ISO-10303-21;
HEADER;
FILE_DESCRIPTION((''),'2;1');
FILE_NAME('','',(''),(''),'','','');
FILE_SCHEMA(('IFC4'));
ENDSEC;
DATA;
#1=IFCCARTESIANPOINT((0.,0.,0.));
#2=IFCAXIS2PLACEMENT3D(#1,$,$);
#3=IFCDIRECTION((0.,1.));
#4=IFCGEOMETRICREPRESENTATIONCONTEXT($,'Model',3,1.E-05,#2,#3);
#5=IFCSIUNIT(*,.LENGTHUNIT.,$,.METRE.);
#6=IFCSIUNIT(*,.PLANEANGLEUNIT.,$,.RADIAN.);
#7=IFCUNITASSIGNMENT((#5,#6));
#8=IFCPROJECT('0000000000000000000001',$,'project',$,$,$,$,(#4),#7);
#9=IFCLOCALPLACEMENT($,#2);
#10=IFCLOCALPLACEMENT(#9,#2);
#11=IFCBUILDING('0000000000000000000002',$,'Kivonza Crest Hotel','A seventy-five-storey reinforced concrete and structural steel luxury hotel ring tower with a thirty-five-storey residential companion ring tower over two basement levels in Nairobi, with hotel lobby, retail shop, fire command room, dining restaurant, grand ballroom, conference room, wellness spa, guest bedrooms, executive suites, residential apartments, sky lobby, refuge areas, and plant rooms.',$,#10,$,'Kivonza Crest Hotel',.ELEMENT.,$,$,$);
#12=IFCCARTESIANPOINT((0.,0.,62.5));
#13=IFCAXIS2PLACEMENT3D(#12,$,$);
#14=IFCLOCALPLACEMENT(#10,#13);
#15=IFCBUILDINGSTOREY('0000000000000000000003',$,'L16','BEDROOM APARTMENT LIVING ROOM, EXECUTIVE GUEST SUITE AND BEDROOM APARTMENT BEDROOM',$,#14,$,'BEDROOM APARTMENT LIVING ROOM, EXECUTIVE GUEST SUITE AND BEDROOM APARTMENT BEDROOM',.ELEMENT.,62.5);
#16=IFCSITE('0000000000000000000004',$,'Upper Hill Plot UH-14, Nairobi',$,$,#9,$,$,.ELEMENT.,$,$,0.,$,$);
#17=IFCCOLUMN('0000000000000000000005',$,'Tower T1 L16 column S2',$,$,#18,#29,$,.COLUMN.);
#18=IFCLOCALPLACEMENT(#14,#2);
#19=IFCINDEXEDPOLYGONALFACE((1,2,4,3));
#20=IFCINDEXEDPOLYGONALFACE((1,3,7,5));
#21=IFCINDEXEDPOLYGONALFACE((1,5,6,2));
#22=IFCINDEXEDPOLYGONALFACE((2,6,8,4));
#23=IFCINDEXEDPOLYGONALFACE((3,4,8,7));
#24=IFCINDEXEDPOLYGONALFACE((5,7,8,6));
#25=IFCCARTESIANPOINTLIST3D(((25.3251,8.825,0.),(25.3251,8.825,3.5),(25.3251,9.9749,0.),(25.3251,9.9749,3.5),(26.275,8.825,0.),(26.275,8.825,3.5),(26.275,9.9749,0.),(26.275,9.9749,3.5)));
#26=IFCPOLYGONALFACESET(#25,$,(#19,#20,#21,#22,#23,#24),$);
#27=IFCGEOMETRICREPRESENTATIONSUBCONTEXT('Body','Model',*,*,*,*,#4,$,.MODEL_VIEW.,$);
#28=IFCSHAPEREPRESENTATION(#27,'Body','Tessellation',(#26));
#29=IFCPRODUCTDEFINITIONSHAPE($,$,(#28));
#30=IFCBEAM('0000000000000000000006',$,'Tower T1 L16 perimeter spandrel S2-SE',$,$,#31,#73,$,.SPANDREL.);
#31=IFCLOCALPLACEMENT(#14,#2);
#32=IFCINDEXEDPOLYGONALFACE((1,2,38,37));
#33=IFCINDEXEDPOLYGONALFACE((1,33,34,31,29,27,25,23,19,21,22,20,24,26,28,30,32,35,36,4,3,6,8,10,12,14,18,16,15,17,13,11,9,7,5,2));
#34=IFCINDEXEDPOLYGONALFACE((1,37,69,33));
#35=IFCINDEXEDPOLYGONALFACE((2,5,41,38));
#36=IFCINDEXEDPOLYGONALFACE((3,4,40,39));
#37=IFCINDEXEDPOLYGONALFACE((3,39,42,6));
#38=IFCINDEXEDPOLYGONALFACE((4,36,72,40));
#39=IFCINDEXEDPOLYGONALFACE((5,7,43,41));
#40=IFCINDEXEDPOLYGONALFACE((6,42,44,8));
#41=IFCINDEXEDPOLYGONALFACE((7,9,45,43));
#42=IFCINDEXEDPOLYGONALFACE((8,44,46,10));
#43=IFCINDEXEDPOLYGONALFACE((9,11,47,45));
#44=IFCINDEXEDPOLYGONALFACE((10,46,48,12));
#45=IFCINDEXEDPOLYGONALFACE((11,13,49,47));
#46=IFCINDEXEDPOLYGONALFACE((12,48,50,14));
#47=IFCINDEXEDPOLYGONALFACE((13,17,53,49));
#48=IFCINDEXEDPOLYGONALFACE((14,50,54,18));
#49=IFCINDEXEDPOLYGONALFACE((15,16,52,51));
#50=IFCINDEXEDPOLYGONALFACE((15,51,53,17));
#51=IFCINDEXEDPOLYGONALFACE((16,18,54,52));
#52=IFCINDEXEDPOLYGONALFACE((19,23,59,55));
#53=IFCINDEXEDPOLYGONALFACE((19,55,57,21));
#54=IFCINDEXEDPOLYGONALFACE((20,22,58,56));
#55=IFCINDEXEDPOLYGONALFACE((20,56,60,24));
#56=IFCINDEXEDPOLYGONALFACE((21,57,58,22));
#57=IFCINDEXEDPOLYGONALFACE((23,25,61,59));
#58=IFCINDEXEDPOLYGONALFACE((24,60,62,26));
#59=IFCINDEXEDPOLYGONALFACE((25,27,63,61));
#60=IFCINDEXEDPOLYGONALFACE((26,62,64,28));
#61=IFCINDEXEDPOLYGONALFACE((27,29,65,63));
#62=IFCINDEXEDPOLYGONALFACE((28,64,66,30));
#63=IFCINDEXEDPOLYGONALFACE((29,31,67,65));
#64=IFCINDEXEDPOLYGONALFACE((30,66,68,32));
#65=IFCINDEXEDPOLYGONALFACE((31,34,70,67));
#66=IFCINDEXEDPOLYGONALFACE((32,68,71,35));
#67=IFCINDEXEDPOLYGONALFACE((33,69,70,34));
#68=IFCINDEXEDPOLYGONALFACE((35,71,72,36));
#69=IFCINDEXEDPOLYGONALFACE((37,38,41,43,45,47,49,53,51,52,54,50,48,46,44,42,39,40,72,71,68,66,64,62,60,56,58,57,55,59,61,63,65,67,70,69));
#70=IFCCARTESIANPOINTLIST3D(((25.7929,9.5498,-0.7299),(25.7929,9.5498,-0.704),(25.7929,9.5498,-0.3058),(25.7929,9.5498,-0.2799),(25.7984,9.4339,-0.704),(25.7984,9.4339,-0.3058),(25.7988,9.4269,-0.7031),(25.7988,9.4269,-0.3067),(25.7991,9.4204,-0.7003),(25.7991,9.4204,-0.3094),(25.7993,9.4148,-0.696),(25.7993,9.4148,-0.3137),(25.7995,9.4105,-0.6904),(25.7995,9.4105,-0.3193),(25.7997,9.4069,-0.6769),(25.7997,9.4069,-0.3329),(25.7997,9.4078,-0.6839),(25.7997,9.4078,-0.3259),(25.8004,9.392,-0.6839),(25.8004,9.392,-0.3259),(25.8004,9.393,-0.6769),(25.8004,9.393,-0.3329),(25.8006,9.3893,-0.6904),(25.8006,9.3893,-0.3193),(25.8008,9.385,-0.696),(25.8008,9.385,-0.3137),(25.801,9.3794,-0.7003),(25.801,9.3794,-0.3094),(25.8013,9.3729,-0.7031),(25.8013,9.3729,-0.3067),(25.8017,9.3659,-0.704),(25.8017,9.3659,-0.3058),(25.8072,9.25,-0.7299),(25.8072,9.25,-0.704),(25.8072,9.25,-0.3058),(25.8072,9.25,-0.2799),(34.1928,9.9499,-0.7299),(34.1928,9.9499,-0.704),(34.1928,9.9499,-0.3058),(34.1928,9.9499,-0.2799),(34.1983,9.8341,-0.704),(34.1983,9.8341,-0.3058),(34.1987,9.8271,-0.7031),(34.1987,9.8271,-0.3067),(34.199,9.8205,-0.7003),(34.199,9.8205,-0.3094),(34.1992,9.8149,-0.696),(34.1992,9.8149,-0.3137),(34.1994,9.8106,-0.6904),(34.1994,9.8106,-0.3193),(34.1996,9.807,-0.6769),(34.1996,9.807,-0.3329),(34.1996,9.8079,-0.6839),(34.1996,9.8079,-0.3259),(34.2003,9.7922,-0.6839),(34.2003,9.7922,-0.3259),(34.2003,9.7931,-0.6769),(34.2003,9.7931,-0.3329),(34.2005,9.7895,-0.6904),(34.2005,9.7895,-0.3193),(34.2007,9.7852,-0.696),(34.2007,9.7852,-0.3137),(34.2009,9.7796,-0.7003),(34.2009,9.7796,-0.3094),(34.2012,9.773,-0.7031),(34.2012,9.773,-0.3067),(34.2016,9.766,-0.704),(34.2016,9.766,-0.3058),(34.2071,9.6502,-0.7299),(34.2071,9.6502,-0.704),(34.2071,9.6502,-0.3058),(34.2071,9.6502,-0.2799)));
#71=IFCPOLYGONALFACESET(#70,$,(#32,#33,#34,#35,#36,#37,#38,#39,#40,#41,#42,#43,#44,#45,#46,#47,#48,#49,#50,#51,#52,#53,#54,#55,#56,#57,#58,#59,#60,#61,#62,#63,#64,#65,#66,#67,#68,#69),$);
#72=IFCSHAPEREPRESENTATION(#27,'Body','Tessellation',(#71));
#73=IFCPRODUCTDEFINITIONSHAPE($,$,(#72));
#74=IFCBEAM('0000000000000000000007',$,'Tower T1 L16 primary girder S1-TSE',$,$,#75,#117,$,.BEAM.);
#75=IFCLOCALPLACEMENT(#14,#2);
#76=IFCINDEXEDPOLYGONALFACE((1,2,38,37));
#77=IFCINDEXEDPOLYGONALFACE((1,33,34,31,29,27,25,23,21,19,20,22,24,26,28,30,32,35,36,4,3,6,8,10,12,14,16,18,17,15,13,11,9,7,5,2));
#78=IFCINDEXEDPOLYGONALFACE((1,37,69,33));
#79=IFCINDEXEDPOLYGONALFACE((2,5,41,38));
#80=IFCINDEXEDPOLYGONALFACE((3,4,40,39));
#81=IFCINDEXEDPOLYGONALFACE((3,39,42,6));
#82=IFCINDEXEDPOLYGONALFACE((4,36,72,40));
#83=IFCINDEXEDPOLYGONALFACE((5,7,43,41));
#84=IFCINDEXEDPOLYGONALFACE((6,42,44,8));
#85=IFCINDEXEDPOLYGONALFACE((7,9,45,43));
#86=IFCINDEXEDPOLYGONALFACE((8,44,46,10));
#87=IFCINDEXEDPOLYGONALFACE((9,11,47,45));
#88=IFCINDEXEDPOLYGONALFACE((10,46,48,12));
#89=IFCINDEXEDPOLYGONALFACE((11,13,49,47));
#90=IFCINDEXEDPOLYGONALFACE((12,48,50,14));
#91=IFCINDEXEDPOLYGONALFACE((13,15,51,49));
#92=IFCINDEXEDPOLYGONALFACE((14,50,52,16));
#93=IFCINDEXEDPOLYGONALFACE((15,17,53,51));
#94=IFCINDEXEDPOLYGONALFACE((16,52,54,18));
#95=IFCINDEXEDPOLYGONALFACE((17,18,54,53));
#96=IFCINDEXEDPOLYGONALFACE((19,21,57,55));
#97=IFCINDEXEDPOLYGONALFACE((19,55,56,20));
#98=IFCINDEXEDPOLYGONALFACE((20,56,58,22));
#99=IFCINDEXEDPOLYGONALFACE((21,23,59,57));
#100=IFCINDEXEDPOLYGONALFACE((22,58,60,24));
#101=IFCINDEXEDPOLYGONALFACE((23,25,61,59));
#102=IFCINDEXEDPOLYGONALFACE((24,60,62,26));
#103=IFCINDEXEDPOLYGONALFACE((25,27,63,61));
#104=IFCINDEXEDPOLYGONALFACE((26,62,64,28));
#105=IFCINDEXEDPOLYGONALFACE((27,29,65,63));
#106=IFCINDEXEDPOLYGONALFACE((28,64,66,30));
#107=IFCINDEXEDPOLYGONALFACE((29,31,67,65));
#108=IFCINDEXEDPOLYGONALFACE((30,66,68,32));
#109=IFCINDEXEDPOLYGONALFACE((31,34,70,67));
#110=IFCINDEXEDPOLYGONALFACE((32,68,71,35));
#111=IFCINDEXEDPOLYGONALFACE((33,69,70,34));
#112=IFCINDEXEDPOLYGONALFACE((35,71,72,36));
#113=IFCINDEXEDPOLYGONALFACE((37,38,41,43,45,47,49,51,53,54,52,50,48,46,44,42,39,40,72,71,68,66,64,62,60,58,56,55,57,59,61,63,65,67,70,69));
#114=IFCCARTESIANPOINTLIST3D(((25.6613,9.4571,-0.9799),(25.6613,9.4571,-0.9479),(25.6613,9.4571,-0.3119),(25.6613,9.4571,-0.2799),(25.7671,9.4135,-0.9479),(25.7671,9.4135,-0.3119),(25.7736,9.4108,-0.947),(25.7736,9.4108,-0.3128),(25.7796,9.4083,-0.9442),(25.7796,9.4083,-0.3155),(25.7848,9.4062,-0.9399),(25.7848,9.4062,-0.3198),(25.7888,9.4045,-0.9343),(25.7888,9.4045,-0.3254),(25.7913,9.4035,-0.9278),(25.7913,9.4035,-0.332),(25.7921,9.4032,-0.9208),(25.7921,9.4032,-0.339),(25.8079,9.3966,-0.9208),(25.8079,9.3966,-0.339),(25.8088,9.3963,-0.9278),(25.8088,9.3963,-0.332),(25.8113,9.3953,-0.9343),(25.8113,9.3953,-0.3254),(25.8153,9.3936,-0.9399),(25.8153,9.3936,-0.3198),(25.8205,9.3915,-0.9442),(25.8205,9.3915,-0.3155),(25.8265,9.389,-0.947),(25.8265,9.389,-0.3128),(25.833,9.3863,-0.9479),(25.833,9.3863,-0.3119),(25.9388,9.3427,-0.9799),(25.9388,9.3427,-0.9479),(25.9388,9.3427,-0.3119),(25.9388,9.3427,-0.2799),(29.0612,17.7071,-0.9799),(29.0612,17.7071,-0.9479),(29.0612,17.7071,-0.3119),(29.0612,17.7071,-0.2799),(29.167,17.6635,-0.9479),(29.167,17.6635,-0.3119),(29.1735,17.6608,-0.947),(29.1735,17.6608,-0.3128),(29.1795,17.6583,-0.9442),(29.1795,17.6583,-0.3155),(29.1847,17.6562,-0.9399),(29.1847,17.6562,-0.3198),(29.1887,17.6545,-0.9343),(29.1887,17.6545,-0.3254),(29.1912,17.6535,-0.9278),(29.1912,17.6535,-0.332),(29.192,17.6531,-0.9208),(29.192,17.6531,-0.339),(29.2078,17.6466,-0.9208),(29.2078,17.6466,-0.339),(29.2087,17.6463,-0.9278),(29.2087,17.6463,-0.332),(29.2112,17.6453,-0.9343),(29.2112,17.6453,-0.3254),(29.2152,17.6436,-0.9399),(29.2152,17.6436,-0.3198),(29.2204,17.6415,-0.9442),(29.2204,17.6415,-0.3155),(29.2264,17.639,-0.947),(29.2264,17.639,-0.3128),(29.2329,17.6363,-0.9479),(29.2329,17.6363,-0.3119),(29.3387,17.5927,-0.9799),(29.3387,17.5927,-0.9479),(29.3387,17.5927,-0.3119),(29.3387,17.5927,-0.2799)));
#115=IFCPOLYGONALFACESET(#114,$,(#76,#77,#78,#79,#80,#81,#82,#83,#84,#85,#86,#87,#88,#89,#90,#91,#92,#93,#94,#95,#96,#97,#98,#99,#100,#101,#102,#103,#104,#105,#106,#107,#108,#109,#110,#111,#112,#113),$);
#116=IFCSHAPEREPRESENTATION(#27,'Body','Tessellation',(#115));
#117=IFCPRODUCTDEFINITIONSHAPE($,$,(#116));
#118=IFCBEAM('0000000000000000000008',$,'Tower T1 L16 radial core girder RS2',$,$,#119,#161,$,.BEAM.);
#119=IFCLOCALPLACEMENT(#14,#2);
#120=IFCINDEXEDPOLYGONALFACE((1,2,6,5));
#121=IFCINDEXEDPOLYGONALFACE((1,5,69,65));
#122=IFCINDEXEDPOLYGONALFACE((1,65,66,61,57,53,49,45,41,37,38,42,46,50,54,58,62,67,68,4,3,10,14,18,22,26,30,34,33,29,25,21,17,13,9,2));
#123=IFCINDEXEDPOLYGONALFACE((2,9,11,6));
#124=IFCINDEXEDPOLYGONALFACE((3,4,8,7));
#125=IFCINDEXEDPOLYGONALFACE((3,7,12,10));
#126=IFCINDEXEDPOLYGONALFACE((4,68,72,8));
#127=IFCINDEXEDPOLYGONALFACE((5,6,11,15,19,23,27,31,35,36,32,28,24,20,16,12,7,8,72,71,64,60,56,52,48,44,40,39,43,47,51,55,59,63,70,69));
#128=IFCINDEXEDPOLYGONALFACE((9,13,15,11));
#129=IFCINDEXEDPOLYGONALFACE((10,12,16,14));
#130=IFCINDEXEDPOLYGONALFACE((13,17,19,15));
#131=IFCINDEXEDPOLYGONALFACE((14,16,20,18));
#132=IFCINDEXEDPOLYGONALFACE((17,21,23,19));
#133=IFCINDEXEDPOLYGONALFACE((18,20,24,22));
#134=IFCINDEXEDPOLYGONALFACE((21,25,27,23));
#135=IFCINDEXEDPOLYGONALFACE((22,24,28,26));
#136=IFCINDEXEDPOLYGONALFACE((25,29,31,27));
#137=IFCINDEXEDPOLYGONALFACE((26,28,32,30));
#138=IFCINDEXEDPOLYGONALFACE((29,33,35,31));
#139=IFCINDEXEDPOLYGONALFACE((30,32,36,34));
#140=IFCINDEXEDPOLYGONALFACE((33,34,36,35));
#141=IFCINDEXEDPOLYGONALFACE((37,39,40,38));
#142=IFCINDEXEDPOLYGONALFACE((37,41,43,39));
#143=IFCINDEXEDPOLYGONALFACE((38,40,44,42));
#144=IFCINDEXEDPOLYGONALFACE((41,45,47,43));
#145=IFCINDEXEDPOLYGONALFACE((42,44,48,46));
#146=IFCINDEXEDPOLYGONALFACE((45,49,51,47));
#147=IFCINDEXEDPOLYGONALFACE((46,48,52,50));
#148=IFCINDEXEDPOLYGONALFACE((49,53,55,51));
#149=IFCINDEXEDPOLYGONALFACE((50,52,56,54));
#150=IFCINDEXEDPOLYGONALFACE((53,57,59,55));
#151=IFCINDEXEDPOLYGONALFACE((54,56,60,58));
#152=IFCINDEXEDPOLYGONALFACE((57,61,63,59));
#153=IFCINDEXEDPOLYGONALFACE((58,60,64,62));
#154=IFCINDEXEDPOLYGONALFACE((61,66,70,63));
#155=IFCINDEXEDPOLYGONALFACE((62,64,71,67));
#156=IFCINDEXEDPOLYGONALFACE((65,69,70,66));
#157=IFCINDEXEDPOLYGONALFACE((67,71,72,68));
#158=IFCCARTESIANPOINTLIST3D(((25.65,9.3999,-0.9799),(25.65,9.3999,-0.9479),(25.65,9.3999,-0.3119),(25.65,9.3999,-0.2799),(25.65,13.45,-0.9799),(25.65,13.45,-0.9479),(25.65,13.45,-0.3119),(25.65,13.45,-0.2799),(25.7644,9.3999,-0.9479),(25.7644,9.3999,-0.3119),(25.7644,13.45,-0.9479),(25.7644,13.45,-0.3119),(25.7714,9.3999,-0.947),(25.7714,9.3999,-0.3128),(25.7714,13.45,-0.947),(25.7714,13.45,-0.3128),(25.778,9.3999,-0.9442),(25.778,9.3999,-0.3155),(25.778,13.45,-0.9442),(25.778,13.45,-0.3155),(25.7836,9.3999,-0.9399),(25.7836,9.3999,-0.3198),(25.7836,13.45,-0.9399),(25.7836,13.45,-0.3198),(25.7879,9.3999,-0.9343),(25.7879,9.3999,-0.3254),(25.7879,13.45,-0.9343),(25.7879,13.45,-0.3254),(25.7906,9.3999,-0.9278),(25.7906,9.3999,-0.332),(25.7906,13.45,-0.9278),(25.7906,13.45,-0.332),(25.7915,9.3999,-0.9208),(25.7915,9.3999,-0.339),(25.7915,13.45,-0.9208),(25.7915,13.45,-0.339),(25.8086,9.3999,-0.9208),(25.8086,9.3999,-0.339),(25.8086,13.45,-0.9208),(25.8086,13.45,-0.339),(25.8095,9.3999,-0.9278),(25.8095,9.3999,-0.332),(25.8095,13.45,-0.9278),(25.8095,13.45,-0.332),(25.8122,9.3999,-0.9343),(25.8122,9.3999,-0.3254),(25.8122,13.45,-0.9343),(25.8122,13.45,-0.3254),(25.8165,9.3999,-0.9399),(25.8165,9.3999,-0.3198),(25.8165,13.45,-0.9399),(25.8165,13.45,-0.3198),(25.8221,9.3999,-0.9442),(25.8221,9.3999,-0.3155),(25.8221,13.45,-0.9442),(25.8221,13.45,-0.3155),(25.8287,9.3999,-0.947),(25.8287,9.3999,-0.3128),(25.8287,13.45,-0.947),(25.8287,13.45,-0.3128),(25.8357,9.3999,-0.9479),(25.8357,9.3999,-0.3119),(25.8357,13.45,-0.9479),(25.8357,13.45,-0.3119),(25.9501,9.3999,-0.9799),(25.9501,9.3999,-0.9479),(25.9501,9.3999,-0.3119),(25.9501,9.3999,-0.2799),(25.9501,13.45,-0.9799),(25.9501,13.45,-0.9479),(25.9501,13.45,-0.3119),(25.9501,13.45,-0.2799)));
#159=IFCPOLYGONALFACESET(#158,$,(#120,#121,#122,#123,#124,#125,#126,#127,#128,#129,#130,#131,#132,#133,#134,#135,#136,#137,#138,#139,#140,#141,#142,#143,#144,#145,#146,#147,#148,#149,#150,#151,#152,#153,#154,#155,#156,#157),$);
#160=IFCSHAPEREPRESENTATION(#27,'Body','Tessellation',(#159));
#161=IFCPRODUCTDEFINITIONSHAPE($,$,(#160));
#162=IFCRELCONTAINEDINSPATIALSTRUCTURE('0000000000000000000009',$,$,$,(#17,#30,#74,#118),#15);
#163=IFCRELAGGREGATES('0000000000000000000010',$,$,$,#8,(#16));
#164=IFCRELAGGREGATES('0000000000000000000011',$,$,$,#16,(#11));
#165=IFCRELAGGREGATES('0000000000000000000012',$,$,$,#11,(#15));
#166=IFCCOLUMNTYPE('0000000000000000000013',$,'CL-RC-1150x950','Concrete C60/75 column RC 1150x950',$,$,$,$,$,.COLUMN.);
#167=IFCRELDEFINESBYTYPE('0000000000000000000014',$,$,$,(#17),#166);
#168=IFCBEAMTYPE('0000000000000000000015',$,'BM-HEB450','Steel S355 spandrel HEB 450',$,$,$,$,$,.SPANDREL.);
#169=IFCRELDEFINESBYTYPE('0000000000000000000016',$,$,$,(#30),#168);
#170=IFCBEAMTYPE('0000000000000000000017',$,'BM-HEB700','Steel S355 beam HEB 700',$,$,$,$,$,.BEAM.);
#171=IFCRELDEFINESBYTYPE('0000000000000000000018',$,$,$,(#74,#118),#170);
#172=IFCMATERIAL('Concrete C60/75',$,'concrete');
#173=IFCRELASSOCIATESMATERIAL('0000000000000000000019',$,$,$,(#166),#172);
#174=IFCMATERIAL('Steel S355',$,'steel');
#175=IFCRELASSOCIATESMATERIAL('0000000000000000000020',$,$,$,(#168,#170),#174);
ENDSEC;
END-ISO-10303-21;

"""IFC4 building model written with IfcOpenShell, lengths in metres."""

from ifc_helpers import new_model, si_unit, direction, frame, origin, origin_2d, place, context, subcontext, project, spatial, rectangle, i_section, extrude, material, material_profile, profile_set, type_object, element, save


model = new_model("IFC4")

# Units and contexts
model_context = context("Model", 3, precision=1e-05, world=origin(), true_north=direction((0.0, 1.0)))
body_context = subcontext(model_context, "Body", "Model", "MODEL_VIEW")
ifc_project = project(units=[si_unit("LENGTHUNIT", "METRE"), si_unit("PLANEANGLEUNIT", "RADIAN")], contexts=[model_context])

# Site, building, storey
site_placement = place(None, origin())
site = spatial("IfcSite", under=ifc_project, at=site_placement, Name="Upper Hill Plot UH-14, Nairobi", CompositionType="ELEMENT", RefElevation=0.0)
building_placement = place(site_placement, origin())
building = spatial("IfcBuilding", under=site, at=building_placement, Name="Kivonza Crest Hotel", Description="A seventy-five-storey reinforced concrete and structural steel luxury hotel ring tower with a thirty-five-storey residential companion ring tower over two basement levels in Nairobi, with hotel lobby, retail shop, fire command room, dining restaurant, grand ballroom, conference room, wellness spa, guest bedrooms, executive suites, residential apartments, sky lobby, refuge areas, and plant rooms.", LongName="Kivonza Crest Hotel", CompositionType="ELEMENT")
storey_placement = place(building_placement, frame((0.0, 0.0, 62.5)))
storey = spatial("IfcBuildingStorey", under=building, at=storey_placement, Name="L16", Description="BEDROOM APARTMENT LIVING ROOM, EXECUTIVE GUEST SUITE AND BEDROOM APARTMENT BEDROOM", LongName="BEDROOM APARTMENT LIVING ROOM, EXECUTIVE GUEST SUITE AND BEDROOM APARTMENT BEDROOM", CompositionType="ELEMENT", Elevation=62.5)

# Column
ifc_material_1 = material(Name="Concrete C60/75", Category="concrete")
ifc_material_profile_1 = material_profile(ifc_material_1, rectangle(XDim=0.95, YDim=1.1499, at=origin_2d()), Name="RC 1150x950")
ifc_profile_set_1 = profile_set([ifc_material_profile_1], Name="Concrete C60/75")
column_type = type_object("IfcColumnType", Name="CL-RC-1150x950", Description="Concrete C60/75 column RC 1150x950", PredefinedType="COLUMN", material=ifc_profile_set_1)
column_placement = place(storey_placement, frame((25.8, 9.3999, 0.0), z_axis=(0.0, 0.0, 1.0), x_axis=(1.0, 0.0, 0.0)))
element("IfcColumn", 1, at=column_placement, inside=storey, type_object=column_type, Name="Tower T1 L16 column S2", PredefinedType="COLUMN", context=body_context, shape_type="SweptSolid", body=[
    extrude(rectangle(XDim=0.95, YDim=1.1499, at=origin_2d()), origin(), (0.0, 0.0, 1.0), 3.5),
])

# Beams
ifc_material_2 = material(Name="Steel S355", Category="steel")
ifc_material_profile_2 = material_profile(ifc_material_2, i_section(OverallWidth=0.3, OverallDepth=0.45, WebThickness=0.0139, FlangeThickness=0.0259, FilletRadius=0.0271, at=origin_2d()), Name="HEB 450")
ifc_profile_set_2 = profile_set([ifc_material_profile_2], Name="Steel S355")
beam_type_1 = type_object("IfcBeamType", Name="BM-HEB450", Description="Steel S355 spandrel HEB 450", PredefinedType="SPANDREL", material=ifc_profile_set_2)
beam_1_placement = place(storey_placement, frame((25.8, 9.3999, -0.5049), z_axis=(0.998867, 0.047583, 0.0), x_axis=(-0.047583, 0.998867, 0.0)))
element("IfcBeam", 2, at=beam_1_placement, inside=storey, type_object=beam_type_1, Name="Tower T1 L16 perimeter spandrel S2-SE", PredefinedType="SPANDREL", context=body_context, shape_type="SweptSolid", body=[
    extrude(i_section(OverallWidth=0.3, OverallDepth=0.45, WebThickness=0.0139, FlangeThickness=0.0259, FilletRadius=0.0271, at=origin_2d()), origin(), (0.0, 0.0, 1.0), 8.4094),
])
ifc_material_profile_3 = material_profile(ifc_material_2, i_section(OverallWidth=0.3, OverallDepth=0.7, WebThickness=0.0171, FlangeThickness=0.032, FilletRadius=0.0271, at=origin_2d()), Name="HEB 700")
ifc_profile_set_3 = profile_set([ifc_material_profile_3], Name="Steel S355")
beam_type_2 = type_object("IfcBeamType", Name="BM-HEB700", Description="Steel S355 beam HEB 700", PredefinedType="BEAM", material=ifc_profile_set_3)
beam_2_placement = place(storey_placement, frame((25.8, 9.3999, -0.6299), z_axis=(0.381022, 0.924566, 0.0), x_axis=(-0.924566, 0.381022, 0.0)))
element("IfcBeam", 3, at=beam_2_placement, inside=storey, type_object=beam_type_2, Name="Tower T1 L16 primary girder S1-TSE", PredefinedType="BEAM", context=body_context, shape_type="SweptSolid", body=[
    extrude(i_section(OverallWidth=0.3, OverallDepth=0.7, WebThickness=0.0171, FlangeThickness=0.032, FilletRadius=0.0271, at=origin_2d()), origin(), (0.0, 0.0, 1.0), 8.9231),
])
beam_3_placement = place(storey_placement, frame((25.8, 9.3999, -0.6299), z_axis=(0.0, 1.0, 0.0), x_axis=(-1.0, 0.0, 0.0)))
element("IfcBeam", 4, at=beam_3_placement, inside=storey, type_object=beam_type_2, Name="Tower T1 L16 radial core girder RS2", PredefinedType="BEAM", context=body_context, shape_type="SweptSolid", body=[
    extrude(i_section(OverallWidth=0.3, OverallDepth=0.7, WebThickness=0.0171, FlangeThickness=0.032, FilletRadius=0.0271, at=origin_2d()), origin(), (0.0, 0.0, 1.0), 4.05),
])

save(model, "model.ifc")
